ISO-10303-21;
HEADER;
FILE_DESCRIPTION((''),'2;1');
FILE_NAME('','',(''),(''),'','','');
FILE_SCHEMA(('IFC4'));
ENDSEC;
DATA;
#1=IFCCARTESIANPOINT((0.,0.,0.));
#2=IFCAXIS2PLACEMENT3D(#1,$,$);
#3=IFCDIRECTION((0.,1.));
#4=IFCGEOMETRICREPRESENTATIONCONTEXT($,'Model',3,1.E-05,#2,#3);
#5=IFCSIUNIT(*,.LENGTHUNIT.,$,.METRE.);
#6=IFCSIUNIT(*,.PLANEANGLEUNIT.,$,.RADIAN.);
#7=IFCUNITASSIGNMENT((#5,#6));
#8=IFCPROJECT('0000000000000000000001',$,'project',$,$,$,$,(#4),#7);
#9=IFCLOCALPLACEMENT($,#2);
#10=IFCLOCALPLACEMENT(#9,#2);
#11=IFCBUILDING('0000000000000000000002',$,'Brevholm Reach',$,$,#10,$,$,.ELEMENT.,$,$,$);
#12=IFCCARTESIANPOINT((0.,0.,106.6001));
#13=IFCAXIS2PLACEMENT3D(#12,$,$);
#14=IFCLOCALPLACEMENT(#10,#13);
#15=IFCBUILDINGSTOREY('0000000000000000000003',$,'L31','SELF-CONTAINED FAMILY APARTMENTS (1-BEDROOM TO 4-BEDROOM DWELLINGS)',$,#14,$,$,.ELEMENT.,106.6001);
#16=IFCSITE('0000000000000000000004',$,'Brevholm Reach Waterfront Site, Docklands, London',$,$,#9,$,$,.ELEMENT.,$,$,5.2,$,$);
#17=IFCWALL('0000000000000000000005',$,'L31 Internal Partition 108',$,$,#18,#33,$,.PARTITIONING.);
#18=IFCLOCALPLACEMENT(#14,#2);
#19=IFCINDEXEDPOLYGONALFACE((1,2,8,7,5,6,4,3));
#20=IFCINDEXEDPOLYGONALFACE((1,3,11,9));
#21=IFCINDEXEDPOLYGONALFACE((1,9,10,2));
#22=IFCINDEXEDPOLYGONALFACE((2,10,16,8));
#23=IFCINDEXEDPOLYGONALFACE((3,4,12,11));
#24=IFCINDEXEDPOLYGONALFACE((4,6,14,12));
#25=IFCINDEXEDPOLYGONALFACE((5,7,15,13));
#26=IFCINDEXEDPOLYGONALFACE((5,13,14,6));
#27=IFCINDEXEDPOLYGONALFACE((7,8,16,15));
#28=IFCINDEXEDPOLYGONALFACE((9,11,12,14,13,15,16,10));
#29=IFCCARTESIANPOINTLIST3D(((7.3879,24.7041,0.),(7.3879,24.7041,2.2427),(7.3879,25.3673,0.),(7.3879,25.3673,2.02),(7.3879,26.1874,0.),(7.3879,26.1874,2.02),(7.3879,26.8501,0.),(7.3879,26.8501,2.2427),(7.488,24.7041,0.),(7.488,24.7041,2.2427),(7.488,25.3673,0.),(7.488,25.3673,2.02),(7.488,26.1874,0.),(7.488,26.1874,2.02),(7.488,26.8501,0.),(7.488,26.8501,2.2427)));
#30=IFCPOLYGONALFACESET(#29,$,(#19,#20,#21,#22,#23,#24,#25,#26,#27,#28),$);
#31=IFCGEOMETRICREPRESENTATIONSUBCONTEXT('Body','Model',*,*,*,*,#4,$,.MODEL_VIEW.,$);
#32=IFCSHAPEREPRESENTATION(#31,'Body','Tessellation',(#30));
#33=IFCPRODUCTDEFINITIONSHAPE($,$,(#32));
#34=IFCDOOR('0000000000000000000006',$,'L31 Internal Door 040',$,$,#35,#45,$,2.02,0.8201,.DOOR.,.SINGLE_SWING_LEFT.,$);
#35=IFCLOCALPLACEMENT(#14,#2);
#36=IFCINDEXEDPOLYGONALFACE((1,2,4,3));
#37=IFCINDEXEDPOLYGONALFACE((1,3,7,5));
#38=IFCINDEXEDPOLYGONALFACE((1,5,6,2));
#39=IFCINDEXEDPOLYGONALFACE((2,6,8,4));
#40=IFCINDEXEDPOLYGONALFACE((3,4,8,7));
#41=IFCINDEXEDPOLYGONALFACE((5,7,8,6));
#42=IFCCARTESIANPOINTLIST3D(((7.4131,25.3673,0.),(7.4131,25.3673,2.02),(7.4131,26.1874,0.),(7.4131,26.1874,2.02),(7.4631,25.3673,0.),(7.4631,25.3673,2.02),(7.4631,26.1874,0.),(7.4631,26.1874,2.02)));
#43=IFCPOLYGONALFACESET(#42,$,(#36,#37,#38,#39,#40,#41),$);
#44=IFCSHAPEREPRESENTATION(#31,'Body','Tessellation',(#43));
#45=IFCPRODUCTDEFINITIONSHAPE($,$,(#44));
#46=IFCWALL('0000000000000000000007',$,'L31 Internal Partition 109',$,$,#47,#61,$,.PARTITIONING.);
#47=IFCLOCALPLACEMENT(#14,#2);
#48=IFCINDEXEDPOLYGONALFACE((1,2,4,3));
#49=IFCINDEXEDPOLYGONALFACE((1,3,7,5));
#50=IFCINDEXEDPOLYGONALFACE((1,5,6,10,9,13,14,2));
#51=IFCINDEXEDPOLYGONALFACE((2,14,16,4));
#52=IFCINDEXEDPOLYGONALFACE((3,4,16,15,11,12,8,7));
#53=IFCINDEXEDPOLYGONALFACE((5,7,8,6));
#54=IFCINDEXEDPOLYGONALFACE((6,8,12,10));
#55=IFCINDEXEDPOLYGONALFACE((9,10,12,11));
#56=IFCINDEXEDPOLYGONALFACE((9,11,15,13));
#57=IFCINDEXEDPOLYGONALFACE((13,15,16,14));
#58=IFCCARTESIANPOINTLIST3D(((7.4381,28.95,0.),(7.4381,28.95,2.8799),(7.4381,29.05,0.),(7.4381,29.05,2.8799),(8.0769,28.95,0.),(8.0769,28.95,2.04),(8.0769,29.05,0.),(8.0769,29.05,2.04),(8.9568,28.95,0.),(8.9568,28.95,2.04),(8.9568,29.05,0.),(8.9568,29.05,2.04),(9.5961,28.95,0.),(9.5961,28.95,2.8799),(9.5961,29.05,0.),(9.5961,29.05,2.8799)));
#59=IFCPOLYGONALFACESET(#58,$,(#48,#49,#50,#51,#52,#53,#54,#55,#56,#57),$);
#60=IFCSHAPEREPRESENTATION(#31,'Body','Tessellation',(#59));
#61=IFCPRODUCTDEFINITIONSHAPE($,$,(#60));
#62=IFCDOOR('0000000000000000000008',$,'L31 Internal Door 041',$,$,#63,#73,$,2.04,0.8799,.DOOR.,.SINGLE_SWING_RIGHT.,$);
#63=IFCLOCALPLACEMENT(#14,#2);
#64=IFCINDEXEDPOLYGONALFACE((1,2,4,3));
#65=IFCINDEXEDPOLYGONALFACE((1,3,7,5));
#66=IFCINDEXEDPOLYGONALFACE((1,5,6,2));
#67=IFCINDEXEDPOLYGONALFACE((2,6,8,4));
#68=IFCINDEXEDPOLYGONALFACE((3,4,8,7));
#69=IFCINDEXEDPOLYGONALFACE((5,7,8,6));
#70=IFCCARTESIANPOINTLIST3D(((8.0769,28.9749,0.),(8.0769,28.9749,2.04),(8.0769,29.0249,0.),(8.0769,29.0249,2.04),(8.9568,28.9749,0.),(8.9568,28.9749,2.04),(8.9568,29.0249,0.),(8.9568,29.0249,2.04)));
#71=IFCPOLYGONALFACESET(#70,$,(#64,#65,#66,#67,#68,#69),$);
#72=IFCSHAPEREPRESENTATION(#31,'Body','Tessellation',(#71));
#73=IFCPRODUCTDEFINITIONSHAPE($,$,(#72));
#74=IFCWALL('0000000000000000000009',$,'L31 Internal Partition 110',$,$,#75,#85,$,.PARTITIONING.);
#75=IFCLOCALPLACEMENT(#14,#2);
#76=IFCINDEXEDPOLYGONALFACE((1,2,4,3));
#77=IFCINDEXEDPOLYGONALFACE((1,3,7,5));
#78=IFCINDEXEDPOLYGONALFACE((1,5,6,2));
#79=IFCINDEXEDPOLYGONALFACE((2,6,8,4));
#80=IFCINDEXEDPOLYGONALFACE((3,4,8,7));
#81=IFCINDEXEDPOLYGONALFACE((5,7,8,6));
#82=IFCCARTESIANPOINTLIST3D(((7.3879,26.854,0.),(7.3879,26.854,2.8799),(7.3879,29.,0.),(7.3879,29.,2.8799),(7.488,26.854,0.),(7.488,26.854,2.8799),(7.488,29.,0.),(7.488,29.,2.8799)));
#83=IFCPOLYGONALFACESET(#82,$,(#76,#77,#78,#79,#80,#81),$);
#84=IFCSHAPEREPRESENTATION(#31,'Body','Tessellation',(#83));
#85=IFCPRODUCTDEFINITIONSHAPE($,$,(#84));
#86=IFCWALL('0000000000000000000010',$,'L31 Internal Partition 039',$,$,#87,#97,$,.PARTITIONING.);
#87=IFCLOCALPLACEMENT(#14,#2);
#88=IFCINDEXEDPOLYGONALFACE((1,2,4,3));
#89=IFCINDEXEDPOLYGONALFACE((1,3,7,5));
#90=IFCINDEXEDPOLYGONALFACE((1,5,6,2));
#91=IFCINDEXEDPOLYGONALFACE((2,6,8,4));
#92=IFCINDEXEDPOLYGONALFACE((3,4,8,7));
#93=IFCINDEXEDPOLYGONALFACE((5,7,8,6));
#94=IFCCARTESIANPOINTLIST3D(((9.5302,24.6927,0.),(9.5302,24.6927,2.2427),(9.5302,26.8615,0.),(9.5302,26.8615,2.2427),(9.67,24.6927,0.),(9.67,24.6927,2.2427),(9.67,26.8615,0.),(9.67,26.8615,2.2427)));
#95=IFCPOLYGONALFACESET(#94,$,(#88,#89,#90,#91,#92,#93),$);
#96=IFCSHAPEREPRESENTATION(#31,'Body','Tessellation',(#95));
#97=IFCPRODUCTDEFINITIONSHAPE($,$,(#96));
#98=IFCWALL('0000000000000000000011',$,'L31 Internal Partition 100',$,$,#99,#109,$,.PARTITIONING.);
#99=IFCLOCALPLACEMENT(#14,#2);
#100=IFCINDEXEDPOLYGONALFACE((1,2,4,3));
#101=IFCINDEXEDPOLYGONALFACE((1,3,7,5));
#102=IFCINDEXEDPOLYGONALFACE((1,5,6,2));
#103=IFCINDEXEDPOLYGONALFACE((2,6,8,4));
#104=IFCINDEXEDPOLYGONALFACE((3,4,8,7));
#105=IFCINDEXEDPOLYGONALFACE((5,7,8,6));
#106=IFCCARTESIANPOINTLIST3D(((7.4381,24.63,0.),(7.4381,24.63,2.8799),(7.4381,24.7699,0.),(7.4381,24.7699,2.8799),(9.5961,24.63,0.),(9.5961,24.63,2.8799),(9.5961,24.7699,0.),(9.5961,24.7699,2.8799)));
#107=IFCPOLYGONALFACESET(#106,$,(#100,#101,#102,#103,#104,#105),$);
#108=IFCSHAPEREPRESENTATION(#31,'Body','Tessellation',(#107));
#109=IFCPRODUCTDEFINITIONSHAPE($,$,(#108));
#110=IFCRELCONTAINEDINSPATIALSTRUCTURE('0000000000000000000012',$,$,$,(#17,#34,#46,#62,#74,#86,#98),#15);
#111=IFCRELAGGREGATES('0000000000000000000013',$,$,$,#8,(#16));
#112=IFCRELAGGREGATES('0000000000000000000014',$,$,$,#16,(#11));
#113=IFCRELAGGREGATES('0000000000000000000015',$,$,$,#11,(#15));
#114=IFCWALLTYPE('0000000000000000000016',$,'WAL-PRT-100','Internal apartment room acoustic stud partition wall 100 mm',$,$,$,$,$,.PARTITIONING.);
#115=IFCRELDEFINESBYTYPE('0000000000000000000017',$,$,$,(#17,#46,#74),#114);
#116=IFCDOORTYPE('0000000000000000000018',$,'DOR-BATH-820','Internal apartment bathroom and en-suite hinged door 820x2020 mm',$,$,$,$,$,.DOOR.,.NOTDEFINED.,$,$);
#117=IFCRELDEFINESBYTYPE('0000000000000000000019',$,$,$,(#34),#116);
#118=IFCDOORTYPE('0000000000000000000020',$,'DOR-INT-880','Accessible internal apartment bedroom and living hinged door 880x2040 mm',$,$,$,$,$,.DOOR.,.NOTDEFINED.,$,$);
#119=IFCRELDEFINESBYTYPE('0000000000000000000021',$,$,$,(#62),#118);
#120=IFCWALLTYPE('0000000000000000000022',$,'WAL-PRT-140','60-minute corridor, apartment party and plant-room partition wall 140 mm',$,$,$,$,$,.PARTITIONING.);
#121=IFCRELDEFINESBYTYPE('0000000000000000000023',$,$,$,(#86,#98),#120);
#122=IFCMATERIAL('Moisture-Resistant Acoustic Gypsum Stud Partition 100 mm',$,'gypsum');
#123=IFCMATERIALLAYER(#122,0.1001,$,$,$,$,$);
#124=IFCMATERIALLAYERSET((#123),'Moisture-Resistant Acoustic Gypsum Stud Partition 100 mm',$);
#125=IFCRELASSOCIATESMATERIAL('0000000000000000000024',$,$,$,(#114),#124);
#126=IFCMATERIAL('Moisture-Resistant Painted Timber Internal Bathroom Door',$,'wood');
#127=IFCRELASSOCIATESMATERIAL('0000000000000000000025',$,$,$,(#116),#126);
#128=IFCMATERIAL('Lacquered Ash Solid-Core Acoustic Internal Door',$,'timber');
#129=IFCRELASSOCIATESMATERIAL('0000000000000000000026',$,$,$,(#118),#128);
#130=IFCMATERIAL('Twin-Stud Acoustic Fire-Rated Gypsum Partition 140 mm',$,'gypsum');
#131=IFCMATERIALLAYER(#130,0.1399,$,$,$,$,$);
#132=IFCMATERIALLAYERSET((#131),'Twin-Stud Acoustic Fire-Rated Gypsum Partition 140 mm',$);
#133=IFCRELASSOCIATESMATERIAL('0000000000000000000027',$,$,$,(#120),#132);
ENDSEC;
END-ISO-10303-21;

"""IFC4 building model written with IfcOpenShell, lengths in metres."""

from ifc_helpers import new_model, si_unit, direction, frame, frame_2d, origin, place, context, subcontext, project, spatial, rectangle, extrude, material, layer, layer_set, type_object, element, fill, save


model = new_model("IFC4")

# Units and contexts
model_context = context("Model", 3, precision=1e-05, world=origin(), true_north=direction((0.0, 1.0)))
body_context = subcontext(model_context, "Body", "Model", "MODEL_VIEW")
ifc_project = project(units=[si_unit("LENGTHUNIT", "METRE"), si_unit("PLANEANGLEUNIT", "RADIAN")], contexts=[model_context])

# Site, building, storey
site_placement = place(None, origin())
site = spatial("IfcSite", under=ifc_project, at=site_placement, Name="Brevholm Reach Waterfront Site, Docklands, London", CompositionType="ELEMENT", RefElevation=5.2)
building_placement = place(site_placement, origin())
building = spatial("IfcBuilding", under=site, at=building_placement, Name="Brevholm Reach", CompositionType="ELEMENT")
storey_placement = place(building_placement, frame((0.0, 0.0, 106.6001)))
storey = spatial("IfcBuildingStorey", under=building, at=storey_placement, Name="L31", Description="SELF-CONTAINED FAMILY APARTMENTS (1-BEDROOM TO 4-BEDROOM DWELLINGS)", CompositionType="ELEMENT", Elevation=106.6001)

# Shared definitions
ifc_material_1 = material(Name="Moisture-Resistant Acoustic Gypsum Stud Partition 100 mm", Category="gypsum")
ifc_layer_1 = layer(ifc_material_1, 0.1001)
ifc_layer_set_1 = layer_set([ifc_layer_1], Name="Moisture-Resistant Acoustic Gypsum Stud Partition 100 mm")
wall_type_1 = type_object("IfcWallType", Name="WAL-PRT-100", Description="Internal apartment room acoustic stud partition wall 100 mm", PredefinedType="PARTITIONING", material=ifc_layer_set_1)

# Walls, openings, doors
wall_1_placement = place(storey_placement, frame((7.438, 24.7041, 0.0), z_axis=(0.0, 0.0, 1.0), x_axis=(0.0, 1.0, 0.0)))
wall_1 = element("IfcWall", 1, at=wall_1_placement, inside=storey, type_object=wall_type_1, Name="L31 Internal Partition 108", PredefinedType="PARTITIONING", context=body_context, shape_type="SweptSolid", body=[
    extrude(rectangle(XDim=2.146, YDim=0.1001, at=frame_2d((1.073, 0.0))), origin(), (0.0, 0.0, 1.0), 2.2427),
])
opening_1_placement = place(wall_1_placement, frame((0.6631, 0.0, 0.0)))
opening_1 = element("IfcOpeningElement", 2, at=opening_1_placement, cuts=wall_1, PredefinedType="OPENING", context=body_context, shape_type="SweptSolid", body=[
    extrude(rectangle(XDim=0.8201, YDim=2.02, at=frame_2d((0.4102, 1.01))), frame((0.0, 0.0601, 0.0), z_axis=(0.0, -1.0, 0.0), x_axis=(1.0, 0.0, 0.0)), (0.0, 0.0, 1.0), 0.1201),
])
ifc_material_2 = material(Name="Moisture-Resistant Painted Timber Internal Bathroom Door", Category="wood")
door_type_1 = type_object("IfcDoorType", Name="DOR-BATH-820", Description="Internal apartment bathroom and en-suite hinged door 820x2020 mm", OperationType="NOTDEFINED", PredefinedType="DOOR", material=ifc_material_2)
door_1_placement = place(opening_1_placement, origin())
door_1 = element("IfcDoor", 3, at=door_1_placement, inside=storey, type_object=door_type_1, Name="L31 Internal Door 040", OperationType="SINGLE_SWING_LEFT", OverallHeight=2.02, OverallWidth=0.8201, PredefinedType="DOOR", context=body_context, shape_type="SweptSolid", body=[
    extrude(rectangle(XDim=0.8201, YDim=2.02, at=frame_2d((0.4102, 1.01))), frame((0.0, 0.0249, 0.0), z_axis=(0.0, -1.0, 0.0), x_axis=(1.0, 0.0, 0.0)), (0.0, 0.0, 1.0), 0.05),
])
fill(opening_1, door_1)
wall_2_placement = place(storey_placement, frame((7.438, 29.0, 0.0), z_axis=(0.0, 0.0, 1.0), x_axis=(1.0, 0.0, 0.0)))
wall_2 = element("IfcWall", 4, at=wall_2_placement, inside=storey, type_object=wall_type_1, Name="L31 Internal Partition 109", PredefinedType="PARTITIONING", context=body_context, shape_type="SweptSolid", body=[
    extrude(rectangle(XDim=2.158, YDim=0.1001, at=frame_2d((1.0791, 0.0))), origin(), (0.0, 0.0, 1.0), 2.8799),
])
opening_2_placement = place(wall_2_placement, frame((0.6389, 0.0, 0.0)))
opening_2 = element("IfcOpeningElement", 5, at=opening_2_placement, cuts=wall_2, PredefinedType="OPENING", context=body_context, shape_type="SweptSolid", body=[
    extrude(rectangle(XDim=0.8799, YDim=2.04, at=frame_2d((0.4399, 1.02))), frame((0.0, 0.0601, 0.0), z_axis=(0.0, -1.0, 0.0), x_axis=(1.0, 0.0, 0.0)), (0.0, 0.0, 1.0), 0.1201),
])
ifc_material_3 = material(Name="Lacquered Ash Solid-Core Acoustic Internal Door", Category="timber")
door_type_2 = type_object("IfcDoorType", Name="DOR-INT-880", Description="Accessible internal apartment bedroom and living hinged door 880x2040 mm", OperationType="NOTDEFINED", PredefinedType="DOOR", material=ifc_material_3)
door_2_placement = place(opening_2_placement, origin())
door_2 = element("IfcDoor", 6, at=door_2_placement, inside=storey, type_object=door_type_2, Name="L31 Internal Door 041", OperationType="SINGLE_SWING_RIGHT", OverallHeight=2.04, OverallWidth=0.8799, PredefinedType="DOOR", context=body_context, shape_type="SweptSolid", body=[
    extrude(rectangle(XDim=0.8799, YDim=2.04, at=frame_2d((0.4399, 1.02))), frame((0.0, 0.0249, 0.0), z_axis=(0.0, -1.0, 0.0), x_axis=(1.0, 0.0, 0.0)), (0.0, 0.0, 1.0), 0.05),
])
fill(opening_2, door_2)

# Walls
wall_3_placement = place(storey_placement, frame((7.438, 26.854, 0.0), z_axis=(0.0, 0.0, 1.0), x_axis=(0.0, 1.0, 0.0)))
element("IfcWall", 7, at=wall_3_placement, inside=storey, type_object=wall_type_1, Name="L31 Internal Partition 110", PredefinedType="PARTITIONING", context=body_context, shape_type="SweptSolid", body=[
    extrude(rectangle(XDim=2.146, YDim=0.1001, at=frame_2d((1.073, 0.0))), origin(), (0.0, 0.0, 1.0), 2.8799),
])
ifc_material_4 = material(Name="Twin-Stud Acoustic Fire-Rated Gypsum Partition 140 mm", Category="gypsum")
ifc_layer_2 = layer(ifc_material_4, 0.1399)
ifc_layer_set_2 = layer_set([ifc_layer_2], Name="Twin-Stud Acoustic Fire-Rated Gypsum Partition 140 mm")
wall_type_2 = type_object("IfcWallType", Name="WAL-PRT-140", Description="60-minute corridor, apartment party and plant-room partition wall 140 mm", PredefinedType="PARTITIONING", material=ifc_layer_set_2)
wall_4_placement = place(storey_placement, frame((9.6001, 24.6926, 0.0), z_axis=(0.0, 0.0, 1.0), x_axis=(0.0, 1.0, 0.0)))
element("IfcWall", 8, at=wall_4_placement, inside=storey, type_object=wall_type_2, Name="L31 Internal Partition 039", PredefinedType="PARTITIONING", context=body_context, shape_type="SweptSolid", body=[
    extrude(rectangle(XDim=2.1687, YDim=0.1399, at=frame_2d((1.0845, 0.0))), origin(), (0.0, 0.0, 1.0), 2.2427),
])
wall_5_placement = place(storey_placement, frame((7.438, 24.7, 0.0), z_axis=(0.0, 0.0, 1.0), x_axis=(1.0, 0.0, 0.0)))
element("IfcWall", 9, at=wall_5_placement, inside=storey, type_object=wall_type_2, Name="L31 Internal Partition 100", PredefinedType="PARTITIONING", context=body_context, shape_type="SweptSolid", body=[
    extrude(rectangle(XDim=2.158, YDim=0.1399, at=frame_2d((1.0791, 0.0))), origin(), (0.0, 0.0, 1.0), 2.8799),
])

save(model, "model.ifc")
